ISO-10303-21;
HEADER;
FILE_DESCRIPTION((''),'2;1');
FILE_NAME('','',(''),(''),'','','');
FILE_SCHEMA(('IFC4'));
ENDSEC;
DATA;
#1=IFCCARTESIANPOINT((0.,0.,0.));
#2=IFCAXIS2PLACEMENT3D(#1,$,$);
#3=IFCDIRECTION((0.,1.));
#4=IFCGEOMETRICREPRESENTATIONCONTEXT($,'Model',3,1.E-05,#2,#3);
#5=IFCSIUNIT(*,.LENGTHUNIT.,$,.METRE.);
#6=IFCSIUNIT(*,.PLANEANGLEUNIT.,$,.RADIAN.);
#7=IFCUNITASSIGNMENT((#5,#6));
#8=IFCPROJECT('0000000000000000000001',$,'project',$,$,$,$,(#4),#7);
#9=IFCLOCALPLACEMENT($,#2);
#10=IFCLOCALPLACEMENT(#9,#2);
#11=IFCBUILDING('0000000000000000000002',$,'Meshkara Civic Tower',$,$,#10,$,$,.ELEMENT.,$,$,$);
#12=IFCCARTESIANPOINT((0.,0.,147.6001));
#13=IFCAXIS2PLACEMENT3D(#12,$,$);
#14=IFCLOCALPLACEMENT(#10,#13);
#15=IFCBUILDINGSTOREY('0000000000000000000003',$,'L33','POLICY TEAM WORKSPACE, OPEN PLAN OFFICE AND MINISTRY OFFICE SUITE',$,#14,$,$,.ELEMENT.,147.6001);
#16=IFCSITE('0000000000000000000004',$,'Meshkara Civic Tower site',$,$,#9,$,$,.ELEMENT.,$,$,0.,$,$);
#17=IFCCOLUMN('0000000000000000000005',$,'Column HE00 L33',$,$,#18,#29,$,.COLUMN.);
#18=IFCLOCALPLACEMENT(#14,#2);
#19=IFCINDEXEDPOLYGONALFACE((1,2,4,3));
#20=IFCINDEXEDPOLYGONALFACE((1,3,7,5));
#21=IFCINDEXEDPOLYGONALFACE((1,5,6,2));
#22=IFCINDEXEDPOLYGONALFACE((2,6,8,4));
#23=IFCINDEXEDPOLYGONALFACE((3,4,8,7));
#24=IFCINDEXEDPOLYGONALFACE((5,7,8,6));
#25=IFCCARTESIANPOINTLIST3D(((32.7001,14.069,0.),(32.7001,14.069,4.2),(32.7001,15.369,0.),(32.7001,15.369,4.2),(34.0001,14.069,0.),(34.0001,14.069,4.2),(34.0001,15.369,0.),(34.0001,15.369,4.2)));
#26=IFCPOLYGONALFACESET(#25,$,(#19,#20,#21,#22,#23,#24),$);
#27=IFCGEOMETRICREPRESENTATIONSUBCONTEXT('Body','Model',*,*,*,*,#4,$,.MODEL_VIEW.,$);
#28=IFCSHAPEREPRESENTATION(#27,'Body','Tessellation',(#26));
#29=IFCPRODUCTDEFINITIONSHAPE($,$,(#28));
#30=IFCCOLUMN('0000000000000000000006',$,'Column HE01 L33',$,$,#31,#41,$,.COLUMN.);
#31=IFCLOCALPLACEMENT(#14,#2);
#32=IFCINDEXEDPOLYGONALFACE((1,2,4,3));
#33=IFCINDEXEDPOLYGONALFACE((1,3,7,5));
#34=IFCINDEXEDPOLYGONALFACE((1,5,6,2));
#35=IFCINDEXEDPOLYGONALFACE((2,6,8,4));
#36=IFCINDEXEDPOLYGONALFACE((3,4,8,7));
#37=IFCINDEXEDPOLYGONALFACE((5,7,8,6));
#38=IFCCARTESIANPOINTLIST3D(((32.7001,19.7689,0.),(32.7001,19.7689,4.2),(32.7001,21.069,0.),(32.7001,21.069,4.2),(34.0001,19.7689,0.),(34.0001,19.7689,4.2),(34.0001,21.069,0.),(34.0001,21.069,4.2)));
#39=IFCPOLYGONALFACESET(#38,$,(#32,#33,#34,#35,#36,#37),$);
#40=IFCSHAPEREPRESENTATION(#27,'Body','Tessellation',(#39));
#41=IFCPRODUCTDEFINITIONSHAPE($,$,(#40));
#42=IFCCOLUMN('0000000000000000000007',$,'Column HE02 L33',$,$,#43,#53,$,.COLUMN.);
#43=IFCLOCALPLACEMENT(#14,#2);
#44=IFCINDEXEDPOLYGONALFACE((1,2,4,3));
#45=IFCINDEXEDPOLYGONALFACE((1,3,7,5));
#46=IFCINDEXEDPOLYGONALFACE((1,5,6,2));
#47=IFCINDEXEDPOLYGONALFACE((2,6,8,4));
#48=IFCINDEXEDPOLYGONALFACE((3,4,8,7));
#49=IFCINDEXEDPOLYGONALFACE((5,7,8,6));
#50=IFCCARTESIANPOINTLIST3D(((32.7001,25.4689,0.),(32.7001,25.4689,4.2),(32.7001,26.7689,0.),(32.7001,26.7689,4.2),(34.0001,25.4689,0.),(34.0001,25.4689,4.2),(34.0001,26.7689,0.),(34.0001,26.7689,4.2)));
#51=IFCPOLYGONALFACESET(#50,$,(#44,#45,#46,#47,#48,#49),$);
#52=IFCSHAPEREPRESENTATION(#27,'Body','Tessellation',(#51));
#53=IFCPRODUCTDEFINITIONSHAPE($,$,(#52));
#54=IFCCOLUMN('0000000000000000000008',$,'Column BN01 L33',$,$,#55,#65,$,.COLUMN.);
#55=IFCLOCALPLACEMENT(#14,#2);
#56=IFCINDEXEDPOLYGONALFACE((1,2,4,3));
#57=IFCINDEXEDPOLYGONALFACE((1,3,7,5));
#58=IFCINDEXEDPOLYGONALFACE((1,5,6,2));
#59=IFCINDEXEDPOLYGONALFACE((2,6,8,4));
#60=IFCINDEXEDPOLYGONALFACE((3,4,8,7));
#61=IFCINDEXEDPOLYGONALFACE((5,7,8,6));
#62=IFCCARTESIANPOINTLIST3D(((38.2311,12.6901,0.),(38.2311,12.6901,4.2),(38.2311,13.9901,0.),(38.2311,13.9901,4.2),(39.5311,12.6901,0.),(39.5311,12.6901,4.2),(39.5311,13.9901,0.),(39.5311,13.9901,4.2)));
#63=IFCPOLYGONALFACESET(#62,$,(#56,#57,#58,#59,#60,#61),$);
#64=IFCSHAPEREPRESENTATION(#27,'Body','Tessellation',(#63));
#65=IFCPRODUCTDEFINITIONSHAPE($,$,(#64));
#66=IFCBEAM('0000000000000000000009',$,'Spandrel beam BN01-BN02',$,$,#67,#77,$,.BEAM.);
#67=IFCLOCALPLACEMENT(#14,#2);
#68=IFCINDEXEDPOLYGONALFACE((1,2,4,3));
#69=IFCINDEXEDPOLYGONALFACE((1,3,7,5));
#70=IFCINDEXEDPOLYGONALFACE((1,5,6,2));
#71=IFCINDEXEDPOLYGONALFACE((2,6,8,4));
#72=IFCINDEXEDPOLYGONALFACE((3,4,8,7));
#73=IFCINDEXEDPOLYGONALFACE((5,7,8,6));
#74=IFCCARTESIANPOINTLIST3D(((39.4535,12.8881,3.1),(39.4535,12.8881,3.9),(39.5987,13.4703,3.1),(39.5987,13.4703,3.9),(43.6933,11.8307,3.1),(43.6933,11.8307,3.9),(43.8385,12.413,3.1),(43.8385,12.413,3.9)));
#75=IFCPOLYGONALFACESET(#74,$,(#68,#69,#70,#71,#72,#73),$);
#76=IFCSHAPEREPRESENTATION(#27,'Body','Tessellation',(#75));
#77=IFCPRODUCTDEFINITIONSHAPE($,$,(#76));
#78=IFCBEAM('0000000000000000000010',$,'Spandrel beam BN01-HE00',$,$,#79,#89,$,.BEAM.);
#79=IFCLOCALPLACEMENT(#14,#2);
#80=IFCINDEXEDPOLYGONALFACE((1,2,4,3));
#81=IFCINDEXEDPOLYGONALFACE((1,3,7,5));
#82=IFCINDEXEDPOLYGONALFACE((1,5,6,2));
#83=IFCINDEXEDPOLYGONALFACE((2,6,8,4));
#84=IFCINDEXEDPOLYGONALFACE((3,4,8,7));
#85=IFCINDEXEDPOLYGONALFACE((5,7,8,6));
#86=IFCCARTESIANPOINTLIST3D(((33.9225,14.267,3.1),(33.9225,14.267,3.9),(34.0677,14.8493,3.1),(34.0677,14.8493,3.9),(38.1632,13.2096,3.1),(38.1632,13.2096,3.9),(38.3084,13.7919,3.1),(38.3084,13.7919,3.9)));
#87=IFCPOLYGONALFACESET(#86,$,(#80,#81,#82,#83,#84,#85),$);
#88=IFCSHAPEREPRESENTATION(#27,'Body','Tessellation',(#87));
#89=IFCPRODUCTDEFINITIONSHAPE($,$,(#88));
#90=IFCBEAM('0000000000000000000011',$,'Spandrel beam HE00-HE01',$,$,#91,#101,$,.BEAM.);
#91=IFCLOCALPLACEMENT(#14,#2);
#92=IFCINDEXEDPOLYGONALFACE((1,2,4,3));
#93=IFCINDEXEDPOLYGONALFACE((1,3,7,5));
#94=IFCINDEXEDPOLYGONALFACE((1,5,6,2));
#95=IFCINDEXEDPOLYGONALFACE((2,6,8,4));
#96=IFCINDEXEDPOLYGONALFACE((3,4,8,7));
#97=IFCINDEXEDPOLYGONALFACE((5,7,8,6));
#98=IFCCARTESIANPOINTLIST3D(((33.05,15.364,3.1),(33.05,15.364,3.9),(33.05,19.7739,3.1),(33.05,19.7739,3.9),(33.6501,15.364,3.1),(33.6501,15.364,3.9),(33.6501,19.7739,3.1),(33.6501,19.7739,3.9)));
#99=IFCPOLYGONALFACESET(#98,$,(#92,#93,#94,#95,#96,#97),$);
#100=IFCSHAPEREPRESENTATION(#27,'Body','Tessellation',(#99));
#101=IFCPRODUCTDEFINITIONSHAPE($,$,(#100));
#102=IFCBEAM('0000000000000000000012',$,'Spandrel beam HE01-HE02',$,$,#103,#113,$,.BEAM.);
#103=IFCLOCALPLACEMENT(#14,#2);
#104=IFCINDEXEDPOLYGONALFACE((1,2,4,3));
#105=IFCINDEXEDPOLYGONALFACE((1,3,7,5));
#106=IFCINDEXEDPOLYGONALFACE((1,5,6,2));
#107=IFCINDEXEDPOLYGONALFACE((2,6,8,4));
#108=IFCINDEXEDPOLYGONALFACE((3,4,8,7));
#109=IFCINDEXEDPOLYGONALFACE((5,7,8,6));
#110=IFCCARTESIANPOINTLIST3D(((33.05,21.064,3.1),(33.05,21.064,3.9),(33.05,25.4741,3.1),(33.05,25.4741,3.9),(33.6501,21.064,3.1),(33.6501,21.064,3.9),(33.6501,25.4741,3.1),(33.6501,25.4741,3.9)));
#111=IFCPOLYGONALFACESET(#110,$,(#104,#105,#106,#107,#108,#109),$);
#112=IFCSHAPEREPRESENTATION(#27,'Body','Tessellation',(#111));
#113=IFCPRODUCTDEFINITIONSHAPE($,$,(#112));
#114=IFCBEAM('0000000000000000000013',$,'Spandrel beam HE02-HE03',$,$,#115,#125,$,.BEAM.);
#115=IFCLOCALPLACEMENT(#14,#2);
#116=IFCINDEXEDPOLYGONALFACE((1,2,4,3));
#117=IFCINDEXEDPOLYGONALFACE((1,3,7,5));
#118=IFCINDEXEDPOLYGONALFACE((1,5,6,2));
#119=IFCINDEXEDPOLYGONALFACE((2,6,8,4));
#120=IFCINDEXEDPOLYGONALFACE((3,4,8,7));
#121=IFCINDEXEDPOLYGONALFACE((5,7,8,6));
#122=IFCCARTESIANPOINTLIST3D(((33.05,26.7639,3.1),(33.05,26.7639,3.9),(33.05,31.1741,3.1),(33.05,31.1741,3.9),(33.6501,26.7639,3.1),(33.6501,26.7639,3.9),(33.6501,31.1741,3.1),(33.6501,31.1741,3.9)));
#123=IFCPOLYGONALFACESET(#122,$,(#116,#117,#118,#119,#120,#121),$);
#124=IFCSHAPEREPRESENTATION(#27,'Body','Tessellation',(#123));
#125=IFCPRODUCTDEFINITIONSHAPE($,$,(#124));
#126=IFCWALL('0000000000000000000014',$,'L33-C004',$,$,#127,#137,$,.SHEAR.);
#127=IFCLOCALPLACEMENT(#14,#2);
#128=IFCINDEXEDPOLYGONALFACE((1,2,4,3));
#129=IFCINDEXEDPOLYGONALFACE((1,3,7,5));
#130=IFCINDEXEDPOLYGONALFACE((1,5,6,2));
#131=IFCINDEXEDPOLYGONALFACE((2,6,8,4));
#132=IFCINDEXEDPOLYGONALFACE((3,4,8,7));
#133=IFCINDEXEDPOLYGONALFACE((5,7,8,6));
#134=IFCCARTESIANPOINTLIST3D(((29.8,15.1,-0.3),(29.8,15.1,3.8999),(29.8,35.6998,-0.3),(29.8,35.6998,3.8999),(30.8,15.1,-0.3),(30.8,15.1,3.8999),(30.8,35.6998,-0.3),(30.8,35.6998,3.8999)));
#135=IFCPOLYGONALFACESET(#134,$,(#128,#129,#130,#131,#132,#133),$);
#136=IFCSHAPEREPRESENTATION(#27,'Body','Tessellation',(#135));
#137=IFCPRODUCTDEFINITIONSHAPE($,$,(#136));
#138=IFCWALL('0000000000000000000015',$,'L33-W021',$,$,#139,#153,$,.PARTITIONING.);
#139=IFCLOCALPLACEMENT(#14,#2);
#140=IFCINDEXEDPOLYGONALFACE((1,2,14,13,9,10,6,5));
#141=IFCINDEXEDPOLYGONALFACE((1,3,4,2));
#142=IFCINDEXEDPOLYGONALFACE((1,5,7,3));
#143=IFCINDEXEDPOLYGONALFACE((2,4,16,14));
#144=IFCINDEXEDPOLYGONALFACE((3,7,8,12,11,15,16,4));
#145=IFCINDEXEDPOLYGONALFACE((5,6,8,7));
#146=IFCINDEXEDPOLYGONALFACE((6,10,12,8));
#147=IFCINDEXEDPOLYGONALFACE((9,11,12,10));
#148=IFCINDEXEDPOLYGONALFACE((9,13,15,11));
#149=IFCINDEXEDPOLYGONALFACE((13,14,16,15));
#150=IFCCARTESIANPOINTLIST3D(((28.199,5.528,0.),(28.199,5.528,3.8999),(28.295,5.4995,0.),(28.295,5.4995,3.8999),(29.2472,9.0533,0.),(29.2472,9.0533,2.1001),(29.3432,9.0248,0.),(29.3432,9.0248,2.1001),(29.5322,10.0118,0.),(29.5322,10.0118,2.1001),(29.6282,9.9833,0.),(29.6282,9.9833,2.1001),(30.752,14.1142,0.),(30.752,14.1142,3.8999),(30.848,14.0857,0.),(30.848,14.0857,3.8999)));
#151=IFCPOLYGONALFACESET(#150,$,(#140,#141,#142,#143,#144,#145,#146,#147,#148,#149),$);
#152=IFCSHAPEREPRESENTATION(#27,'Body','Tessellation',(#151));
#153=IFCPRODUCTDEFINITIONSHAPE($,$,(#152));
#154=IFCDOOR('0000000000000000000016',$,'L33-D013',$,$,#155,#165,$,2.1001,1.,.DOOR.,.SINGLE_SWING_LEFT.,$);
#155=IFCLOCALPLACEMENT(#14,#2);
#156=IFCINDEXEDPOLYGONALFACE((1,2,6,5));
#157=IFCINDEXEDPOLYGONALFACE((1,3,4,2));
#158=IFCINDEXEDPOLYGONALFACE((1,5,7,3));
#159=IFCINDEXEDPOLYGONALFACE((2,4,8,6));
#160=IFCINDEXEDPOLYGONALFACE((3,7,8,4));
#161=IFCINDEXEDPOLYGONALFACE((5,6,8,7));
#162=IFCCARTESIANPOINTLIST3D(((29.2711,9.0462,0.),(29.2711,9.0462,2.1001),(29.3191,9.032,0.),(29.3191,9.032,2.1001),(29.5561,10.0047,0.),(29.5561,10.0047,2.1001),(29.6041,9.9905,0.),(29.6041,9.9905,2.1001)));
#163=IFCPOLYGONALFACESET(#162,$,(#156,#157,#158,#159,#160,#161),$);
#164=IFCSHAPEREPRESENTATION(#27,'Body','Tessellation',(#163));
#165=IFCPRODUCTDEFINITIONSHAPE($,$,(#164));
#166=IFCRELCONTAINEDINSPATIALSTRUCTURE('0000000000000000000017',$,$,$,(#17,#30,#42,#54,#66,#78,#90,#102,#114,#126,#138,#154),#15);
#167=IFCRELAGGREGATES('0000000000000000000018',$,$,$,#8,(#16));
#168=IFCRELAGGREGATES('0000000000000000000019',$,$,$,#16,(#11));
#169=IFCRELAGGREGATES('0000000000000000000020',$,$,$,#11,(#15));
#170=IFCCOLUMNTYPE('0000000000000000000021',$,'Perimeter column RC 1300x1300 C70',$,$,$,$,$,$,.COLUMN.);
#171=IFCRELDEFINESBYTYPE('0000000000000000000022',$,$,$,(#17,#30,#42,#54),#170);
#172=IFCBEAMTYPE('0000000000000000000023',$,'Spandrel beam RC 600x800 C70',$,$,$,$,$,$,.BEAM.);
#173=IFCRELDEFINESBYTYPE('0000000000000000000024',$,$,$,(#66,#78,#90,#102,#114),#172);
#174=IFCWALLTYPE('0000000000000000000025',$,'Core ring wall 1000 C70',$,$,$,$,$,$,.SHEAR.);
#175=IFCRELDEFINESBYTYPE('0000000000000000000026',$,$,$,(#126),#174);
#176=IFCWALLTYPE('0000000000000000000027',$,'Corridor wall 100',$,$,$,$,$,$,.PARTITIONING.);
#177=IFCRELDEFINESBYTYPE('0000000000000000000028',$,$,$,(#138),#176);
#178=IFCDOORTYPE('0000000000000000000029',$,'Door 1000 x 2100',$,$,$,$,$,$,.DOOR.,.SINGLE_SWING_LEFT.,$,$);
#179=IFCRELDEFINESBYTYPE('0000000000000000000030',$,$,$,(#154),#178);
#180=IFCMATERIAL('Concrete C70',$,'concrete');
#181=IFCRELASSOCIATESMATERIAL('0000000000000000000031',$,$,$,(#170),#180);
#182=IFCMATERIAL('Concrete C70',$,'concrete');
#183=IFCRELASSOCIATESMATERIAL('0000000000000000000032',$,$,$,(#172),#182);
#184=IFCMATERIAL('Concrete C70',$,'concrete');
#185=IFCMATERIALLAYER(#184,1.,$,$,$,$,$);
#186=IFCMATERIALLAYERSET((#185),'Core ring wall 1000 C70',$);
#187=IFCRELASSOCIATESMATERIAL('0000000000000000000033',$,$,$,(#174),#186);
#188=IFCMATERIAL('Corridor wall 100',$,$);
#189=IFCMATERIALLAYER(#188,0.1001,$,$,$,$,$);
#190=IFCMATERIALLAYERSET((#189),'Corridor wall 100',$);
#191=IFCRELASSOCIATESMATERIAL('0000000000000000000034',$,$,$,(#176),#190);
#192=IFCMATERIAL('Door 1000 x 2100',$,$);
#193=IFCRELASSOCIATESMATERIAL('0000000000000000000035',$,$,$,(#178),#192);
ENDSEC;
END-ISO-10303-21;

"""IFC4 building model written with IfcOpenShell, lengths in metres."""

from ifc_helpers import new_model, si_unit, direction, frame, frame_2d, origin, origin_2d, place, context, subcontext, project, spatial, rectangle, extrude, material, layer, layer_set, material_profile, profile_set, type_object, element, fill, save


model = new_model("IFC4")

# Units and contexts
model_context = context("Model", 3, precision=1e-05, world=origin(), true_north=direction((0.0, 1.0)))
body_context = subcontext(model_context, "Body", "Model", "MODEL_VIEW")
ifc_project = project(units=[si_unit("LENGTHUNIT", "METRE"), si_unit("PLANEANGLEUNIT", "RADIAN")], contexts=[model_context])

# Site, building, storey
site_placement = place(None, origin())
site = spatial("IfcSite", under=ifc_project, at=site_placement, Name="Meshkara Civic Tower site", CompositionType="ELEMENT", RefElevation=0.0)
building_placement = place(site_placement, origin())
building = spatial("IfcBuilding", under=site, at=building_placement, Name="Meshkara Civic Tower", CompositionType="ELEMENT")
storey_placement = place(building_placement, frame((0.0, 0.0, 147.6001)))
storey = spatial("IfcBuildingStorey", under=building, at=storey_placement, Name="L33", Description="POLICY TEAM WORKSPACE, OPEN PLAN OFFICE AND MINISTRY OFFICE SUITE", CompositionType="ELEMENT", Elevation=147.6001)

# Columns
ifc_material_1 = material(Name="Concrete C70", Category="concrete")
ifc_material_profile_1 = material_profile(ifc_material_1, rectangle(XDim=1.3, YDim=1.3, at=origin_2d()))
ifc_profile_set_1 = profile_set([ifc_material_profile_1], Name="Concrete C70")
column_type = type_object("IfcColumnType", Name="Perimeter column RC 1300x1300 C70", PredefinedType="COLUMN", material=ifc_profile_set_1)
for number, where, z_axis, x_axis, name in (
    (1, (33.3501, 14.719, 0.0), (0.0, 0.0, 1.0), (1.0, 0.0, 0.0), "Column HE00 L33"),
    (2, (33.3501, 20.4189, 0.0), (0.0, 0.0, 1.0), (1.0, 0.0, 0.0), "Column HE01 L33"),
    (3, (33.3501, 26.1189, 0.0), (0.0, 0.0, 1.0), (1.0, 0.0, 0.0), "Column HE02 L33"),
    (4, (38.8811, 13.3401, 0.0), (0.0, 0.0, 1.0), (1.0, 0.0, 0.0), "Column BN01 L33"),
):
    element("IfcColumn", number, at=place(storey_placement, frame(where, z_axis=z_axis, x_axis=x_axis)), inside=storey, type_object=column_type, Name=name, PredefinedType="COLUMN", context=body_context, shape_type="SweptSolid", body=[
        extrude(rectangle(XDim=1.3, YDim=1.3, at=origin_2d()), origin(), (0.0, 0.0, 1.0), 4.2),
    ])

# Beams
ifc_material_2 = material(Name="Concrete C70", Category="concrete")
ifc_material_profile_2 = material_profile(ifc_material_2, rectangle(XDim=0.6001, YDim=0.8, at=origin_2d()))
ifc_profile_set_2 = profile_set([ifc_material_profile_2], Name="Concrete C70")
beam_type = type_object("IfcBeamType", Name="Spandrel beam RC 600x800 C70", PredefinedType="BEAM", material=ifc_profile_set_2)
beam_1_placement = place(storey_placement, frame((43.7659, 12.1218, 3.5), z_axis=(-0.97028, 0.241983, 0.0), x_axis=(-0.241983, -0.97028, 0.0)))
element("IfcBeam", 5, at=beam_1_placement, inside=storey, type_object=beam_type, Name="Spandrel beam BN01-BN02", PredefinedType="BEAM", context=body_context, shape_type="SweptSolid", body=[
    extrude(rectangle(XDim=0.6001, YDim=0.8, at=origin_2d()), origin(), (0.0, 0.0, 1.0), 4.3696),
])
beam_2_placement = place(storey_placement, frame((38.2358, 13.5007, 3.5), z_axis=(-0.970293, 0.241931, 0.0), x_axis=(-0.241931, -0.970293, 0.0)))
element("IfcBeam", 6, at=beam_2_placement, inside=storey, type_object=beam_type, Name="Spandrel beam BN01-HE00", PredefinedType="BEAM", context=body_context, shape_type="SweptSolid", body=[
    extrude(rectangle(XDim=0.6001, YDim=0.8, at=origin_2d()), origin(), (0.0, 0.0, 1.0), 4.3706),
])
beam_3_placement = place(storey_placement, frame((33.3501, 15.364, 3.5), z_axis=(0.0, 1.0, 0.0), x_axis=(-1.0, 0.0, 0.0)))
element("IfcBeam", 7, at=beam_3_placement, inside=storey, type_object=beam_type, Name="Spandrel beam HE00-HE01", PredefinedType="BEAM", context=body_context, shape_type="SweptSolid", body=[
    extrude(rectangle(XDim=0.6001, YDim=0.8, at=origin_2d()), origin(), (0.0, 0.0, 1.0), 4.4099),
])
for number, where, z_axis, x_axis, name in (
    (8, (33.3501, 21.064, 3.5), (0.0, 1.0, 0.0), (-1.0, 0.0, 0.0), "Spandrel beam HE01-HE02"),
    (9, (33.3501, 26.7639, 3.5), (0.0, 1.0, 0.0), (-1.0, 0.0, 0.0), "Spandrel beam HE02-HE03"),
):
    element("IfcBeam", number, at=place(storey_placement, frame(where, z_axis=z_axis, x_axis=x_axis)), inside=storey, type_object=beam_type, Name=name, PredefinedType="BEAM", context=body_context, shape_type="SweptSolid", body=[
        extrude(rectangle(XDim=0.6001, YDim=0.8, at=origin_2d()), origin(), (0.0, 0.0, 1.0), 4.4102),
    ])

# Wall
ifc_material_3 = material(Name="Concrete C70", Category="concrete")
ifc_layer_1 = layer(ifc_material_3, 1.0)
ifc_layer_set_1 = layer_set([ifc_layer_1], Name="Core ring wall 1000 C70")
wall_type_1 = type_object("IfcWallType", Name="Core ring wall 1000 C70", PredefinedType="SHEAR", material=ifc_layer_set_1)
wall_1_placement = place(storey_placement, frame((30.3, 15.1001, -0.3), z_axis=(0.0, 0.0, 1.0), x_axis=(0.0, 1.0, 0.0)))
element("IfcWall", 10, at=wall_1_placement, inside=storey, type_object=wall_type_1, Name="L33-C004", PredefinedType="SHEAR", context=body_context, shape_type="SweptSolid", body=[
    extrude(rectangle(XDim=20.5999, YDim=1.0, at=frame_2d((10.2998, 0.0))), origin(), (0.0, 0.0, 1.0), 4.2),
])

# Wall, opening, door
ifc_material_4 = material(Name="Corridor wall 100")
ifc_layer_2 = layer(ifc_material_4, 0.1001)
ifc_layer_set_2 = layer_set([ifc_layer_2], Name="Corridor wall 100")
wall_type_2 = type_object("IfcWallType", Name="Corridor wall 100", PredefinedType="PARTITIONING", material=ifc_layer_set_2)
wall_2_placement = place(storey_placement, frame((30.8, 14.1001, 0.0), z_axis=(0.0, 0.0, 1.0), x_axis=(-0.285004, -0.958526, 0.0)))
wall_2 = element("IfcWall", 11, at=wall_2_placement, inside=storey, type_object=wall_type_2, Name="L33-W021", PredefinedType="PARTITIONING", context=body_context, shape_type="SweptSolid", body=[
    extrude(rectangle(XDim=8.9578, YDim=0.1001, at=frame_2d((4.479, 0.0))), origin(), (0.0, 0.0, 1.0), 3.8999),
])
opening_1_placement = place(wall_2_placement, frame((4.28, 0.0, 0.0)))
opening_1 = element("IfcOpeningElement", 12, at=opening_1_placement, cuts=wall_2, PredefinedType="OPENING", context=body_context, shape_type="SweptSolid", body=[
    extrude(rectangle(XDim=1.0, YDim=2.1001, at=frame_2d((0.5, 1.05))), frame((0.0, 0.0601, 0.0), z_axis=(0.0, -1.0, 0.0), x_axis=(1.0, 0.0, 0.0)), (0.0, 0.0, 1.0), 0.1201),
])
ifc_material_5 = material(Name="Door 1000 x 2100")
door_type_1 = type_object("IfcDoorType", Name="Door 1000 x 2100", OperationType="SINGLE_SWING_LEFT", PredefinedType="DOOR", material=ifc_material_5)
door_1_placement = place(opening_1_placement, origin())
door_1 = element("IfcDoor", 13, at=door_1_placement, inside=storey, type_object=door_type_1, Name="L33-D013", OperationType="SINGLE_SWING_LEFT", OverallHeight=2.1001, OverallWidth=1.0, PredefinedType="DOOR", context=body_context, shape_type="SweptSolid", body=[
    extrude(rectangle(XDim=1.0, YDim=2.1001, at=frame_2d((0.5, 1.05))), frame((0.0, 0.0249, 0.0), z_axis=(0.0, -1.0, 0.0), x_axis=(1.0, 0.0, 0.0)), (0.0, 0.0, 1.0), 0.05),
])
fill(opening_1, door_1)

save(model, "model.ifc")
